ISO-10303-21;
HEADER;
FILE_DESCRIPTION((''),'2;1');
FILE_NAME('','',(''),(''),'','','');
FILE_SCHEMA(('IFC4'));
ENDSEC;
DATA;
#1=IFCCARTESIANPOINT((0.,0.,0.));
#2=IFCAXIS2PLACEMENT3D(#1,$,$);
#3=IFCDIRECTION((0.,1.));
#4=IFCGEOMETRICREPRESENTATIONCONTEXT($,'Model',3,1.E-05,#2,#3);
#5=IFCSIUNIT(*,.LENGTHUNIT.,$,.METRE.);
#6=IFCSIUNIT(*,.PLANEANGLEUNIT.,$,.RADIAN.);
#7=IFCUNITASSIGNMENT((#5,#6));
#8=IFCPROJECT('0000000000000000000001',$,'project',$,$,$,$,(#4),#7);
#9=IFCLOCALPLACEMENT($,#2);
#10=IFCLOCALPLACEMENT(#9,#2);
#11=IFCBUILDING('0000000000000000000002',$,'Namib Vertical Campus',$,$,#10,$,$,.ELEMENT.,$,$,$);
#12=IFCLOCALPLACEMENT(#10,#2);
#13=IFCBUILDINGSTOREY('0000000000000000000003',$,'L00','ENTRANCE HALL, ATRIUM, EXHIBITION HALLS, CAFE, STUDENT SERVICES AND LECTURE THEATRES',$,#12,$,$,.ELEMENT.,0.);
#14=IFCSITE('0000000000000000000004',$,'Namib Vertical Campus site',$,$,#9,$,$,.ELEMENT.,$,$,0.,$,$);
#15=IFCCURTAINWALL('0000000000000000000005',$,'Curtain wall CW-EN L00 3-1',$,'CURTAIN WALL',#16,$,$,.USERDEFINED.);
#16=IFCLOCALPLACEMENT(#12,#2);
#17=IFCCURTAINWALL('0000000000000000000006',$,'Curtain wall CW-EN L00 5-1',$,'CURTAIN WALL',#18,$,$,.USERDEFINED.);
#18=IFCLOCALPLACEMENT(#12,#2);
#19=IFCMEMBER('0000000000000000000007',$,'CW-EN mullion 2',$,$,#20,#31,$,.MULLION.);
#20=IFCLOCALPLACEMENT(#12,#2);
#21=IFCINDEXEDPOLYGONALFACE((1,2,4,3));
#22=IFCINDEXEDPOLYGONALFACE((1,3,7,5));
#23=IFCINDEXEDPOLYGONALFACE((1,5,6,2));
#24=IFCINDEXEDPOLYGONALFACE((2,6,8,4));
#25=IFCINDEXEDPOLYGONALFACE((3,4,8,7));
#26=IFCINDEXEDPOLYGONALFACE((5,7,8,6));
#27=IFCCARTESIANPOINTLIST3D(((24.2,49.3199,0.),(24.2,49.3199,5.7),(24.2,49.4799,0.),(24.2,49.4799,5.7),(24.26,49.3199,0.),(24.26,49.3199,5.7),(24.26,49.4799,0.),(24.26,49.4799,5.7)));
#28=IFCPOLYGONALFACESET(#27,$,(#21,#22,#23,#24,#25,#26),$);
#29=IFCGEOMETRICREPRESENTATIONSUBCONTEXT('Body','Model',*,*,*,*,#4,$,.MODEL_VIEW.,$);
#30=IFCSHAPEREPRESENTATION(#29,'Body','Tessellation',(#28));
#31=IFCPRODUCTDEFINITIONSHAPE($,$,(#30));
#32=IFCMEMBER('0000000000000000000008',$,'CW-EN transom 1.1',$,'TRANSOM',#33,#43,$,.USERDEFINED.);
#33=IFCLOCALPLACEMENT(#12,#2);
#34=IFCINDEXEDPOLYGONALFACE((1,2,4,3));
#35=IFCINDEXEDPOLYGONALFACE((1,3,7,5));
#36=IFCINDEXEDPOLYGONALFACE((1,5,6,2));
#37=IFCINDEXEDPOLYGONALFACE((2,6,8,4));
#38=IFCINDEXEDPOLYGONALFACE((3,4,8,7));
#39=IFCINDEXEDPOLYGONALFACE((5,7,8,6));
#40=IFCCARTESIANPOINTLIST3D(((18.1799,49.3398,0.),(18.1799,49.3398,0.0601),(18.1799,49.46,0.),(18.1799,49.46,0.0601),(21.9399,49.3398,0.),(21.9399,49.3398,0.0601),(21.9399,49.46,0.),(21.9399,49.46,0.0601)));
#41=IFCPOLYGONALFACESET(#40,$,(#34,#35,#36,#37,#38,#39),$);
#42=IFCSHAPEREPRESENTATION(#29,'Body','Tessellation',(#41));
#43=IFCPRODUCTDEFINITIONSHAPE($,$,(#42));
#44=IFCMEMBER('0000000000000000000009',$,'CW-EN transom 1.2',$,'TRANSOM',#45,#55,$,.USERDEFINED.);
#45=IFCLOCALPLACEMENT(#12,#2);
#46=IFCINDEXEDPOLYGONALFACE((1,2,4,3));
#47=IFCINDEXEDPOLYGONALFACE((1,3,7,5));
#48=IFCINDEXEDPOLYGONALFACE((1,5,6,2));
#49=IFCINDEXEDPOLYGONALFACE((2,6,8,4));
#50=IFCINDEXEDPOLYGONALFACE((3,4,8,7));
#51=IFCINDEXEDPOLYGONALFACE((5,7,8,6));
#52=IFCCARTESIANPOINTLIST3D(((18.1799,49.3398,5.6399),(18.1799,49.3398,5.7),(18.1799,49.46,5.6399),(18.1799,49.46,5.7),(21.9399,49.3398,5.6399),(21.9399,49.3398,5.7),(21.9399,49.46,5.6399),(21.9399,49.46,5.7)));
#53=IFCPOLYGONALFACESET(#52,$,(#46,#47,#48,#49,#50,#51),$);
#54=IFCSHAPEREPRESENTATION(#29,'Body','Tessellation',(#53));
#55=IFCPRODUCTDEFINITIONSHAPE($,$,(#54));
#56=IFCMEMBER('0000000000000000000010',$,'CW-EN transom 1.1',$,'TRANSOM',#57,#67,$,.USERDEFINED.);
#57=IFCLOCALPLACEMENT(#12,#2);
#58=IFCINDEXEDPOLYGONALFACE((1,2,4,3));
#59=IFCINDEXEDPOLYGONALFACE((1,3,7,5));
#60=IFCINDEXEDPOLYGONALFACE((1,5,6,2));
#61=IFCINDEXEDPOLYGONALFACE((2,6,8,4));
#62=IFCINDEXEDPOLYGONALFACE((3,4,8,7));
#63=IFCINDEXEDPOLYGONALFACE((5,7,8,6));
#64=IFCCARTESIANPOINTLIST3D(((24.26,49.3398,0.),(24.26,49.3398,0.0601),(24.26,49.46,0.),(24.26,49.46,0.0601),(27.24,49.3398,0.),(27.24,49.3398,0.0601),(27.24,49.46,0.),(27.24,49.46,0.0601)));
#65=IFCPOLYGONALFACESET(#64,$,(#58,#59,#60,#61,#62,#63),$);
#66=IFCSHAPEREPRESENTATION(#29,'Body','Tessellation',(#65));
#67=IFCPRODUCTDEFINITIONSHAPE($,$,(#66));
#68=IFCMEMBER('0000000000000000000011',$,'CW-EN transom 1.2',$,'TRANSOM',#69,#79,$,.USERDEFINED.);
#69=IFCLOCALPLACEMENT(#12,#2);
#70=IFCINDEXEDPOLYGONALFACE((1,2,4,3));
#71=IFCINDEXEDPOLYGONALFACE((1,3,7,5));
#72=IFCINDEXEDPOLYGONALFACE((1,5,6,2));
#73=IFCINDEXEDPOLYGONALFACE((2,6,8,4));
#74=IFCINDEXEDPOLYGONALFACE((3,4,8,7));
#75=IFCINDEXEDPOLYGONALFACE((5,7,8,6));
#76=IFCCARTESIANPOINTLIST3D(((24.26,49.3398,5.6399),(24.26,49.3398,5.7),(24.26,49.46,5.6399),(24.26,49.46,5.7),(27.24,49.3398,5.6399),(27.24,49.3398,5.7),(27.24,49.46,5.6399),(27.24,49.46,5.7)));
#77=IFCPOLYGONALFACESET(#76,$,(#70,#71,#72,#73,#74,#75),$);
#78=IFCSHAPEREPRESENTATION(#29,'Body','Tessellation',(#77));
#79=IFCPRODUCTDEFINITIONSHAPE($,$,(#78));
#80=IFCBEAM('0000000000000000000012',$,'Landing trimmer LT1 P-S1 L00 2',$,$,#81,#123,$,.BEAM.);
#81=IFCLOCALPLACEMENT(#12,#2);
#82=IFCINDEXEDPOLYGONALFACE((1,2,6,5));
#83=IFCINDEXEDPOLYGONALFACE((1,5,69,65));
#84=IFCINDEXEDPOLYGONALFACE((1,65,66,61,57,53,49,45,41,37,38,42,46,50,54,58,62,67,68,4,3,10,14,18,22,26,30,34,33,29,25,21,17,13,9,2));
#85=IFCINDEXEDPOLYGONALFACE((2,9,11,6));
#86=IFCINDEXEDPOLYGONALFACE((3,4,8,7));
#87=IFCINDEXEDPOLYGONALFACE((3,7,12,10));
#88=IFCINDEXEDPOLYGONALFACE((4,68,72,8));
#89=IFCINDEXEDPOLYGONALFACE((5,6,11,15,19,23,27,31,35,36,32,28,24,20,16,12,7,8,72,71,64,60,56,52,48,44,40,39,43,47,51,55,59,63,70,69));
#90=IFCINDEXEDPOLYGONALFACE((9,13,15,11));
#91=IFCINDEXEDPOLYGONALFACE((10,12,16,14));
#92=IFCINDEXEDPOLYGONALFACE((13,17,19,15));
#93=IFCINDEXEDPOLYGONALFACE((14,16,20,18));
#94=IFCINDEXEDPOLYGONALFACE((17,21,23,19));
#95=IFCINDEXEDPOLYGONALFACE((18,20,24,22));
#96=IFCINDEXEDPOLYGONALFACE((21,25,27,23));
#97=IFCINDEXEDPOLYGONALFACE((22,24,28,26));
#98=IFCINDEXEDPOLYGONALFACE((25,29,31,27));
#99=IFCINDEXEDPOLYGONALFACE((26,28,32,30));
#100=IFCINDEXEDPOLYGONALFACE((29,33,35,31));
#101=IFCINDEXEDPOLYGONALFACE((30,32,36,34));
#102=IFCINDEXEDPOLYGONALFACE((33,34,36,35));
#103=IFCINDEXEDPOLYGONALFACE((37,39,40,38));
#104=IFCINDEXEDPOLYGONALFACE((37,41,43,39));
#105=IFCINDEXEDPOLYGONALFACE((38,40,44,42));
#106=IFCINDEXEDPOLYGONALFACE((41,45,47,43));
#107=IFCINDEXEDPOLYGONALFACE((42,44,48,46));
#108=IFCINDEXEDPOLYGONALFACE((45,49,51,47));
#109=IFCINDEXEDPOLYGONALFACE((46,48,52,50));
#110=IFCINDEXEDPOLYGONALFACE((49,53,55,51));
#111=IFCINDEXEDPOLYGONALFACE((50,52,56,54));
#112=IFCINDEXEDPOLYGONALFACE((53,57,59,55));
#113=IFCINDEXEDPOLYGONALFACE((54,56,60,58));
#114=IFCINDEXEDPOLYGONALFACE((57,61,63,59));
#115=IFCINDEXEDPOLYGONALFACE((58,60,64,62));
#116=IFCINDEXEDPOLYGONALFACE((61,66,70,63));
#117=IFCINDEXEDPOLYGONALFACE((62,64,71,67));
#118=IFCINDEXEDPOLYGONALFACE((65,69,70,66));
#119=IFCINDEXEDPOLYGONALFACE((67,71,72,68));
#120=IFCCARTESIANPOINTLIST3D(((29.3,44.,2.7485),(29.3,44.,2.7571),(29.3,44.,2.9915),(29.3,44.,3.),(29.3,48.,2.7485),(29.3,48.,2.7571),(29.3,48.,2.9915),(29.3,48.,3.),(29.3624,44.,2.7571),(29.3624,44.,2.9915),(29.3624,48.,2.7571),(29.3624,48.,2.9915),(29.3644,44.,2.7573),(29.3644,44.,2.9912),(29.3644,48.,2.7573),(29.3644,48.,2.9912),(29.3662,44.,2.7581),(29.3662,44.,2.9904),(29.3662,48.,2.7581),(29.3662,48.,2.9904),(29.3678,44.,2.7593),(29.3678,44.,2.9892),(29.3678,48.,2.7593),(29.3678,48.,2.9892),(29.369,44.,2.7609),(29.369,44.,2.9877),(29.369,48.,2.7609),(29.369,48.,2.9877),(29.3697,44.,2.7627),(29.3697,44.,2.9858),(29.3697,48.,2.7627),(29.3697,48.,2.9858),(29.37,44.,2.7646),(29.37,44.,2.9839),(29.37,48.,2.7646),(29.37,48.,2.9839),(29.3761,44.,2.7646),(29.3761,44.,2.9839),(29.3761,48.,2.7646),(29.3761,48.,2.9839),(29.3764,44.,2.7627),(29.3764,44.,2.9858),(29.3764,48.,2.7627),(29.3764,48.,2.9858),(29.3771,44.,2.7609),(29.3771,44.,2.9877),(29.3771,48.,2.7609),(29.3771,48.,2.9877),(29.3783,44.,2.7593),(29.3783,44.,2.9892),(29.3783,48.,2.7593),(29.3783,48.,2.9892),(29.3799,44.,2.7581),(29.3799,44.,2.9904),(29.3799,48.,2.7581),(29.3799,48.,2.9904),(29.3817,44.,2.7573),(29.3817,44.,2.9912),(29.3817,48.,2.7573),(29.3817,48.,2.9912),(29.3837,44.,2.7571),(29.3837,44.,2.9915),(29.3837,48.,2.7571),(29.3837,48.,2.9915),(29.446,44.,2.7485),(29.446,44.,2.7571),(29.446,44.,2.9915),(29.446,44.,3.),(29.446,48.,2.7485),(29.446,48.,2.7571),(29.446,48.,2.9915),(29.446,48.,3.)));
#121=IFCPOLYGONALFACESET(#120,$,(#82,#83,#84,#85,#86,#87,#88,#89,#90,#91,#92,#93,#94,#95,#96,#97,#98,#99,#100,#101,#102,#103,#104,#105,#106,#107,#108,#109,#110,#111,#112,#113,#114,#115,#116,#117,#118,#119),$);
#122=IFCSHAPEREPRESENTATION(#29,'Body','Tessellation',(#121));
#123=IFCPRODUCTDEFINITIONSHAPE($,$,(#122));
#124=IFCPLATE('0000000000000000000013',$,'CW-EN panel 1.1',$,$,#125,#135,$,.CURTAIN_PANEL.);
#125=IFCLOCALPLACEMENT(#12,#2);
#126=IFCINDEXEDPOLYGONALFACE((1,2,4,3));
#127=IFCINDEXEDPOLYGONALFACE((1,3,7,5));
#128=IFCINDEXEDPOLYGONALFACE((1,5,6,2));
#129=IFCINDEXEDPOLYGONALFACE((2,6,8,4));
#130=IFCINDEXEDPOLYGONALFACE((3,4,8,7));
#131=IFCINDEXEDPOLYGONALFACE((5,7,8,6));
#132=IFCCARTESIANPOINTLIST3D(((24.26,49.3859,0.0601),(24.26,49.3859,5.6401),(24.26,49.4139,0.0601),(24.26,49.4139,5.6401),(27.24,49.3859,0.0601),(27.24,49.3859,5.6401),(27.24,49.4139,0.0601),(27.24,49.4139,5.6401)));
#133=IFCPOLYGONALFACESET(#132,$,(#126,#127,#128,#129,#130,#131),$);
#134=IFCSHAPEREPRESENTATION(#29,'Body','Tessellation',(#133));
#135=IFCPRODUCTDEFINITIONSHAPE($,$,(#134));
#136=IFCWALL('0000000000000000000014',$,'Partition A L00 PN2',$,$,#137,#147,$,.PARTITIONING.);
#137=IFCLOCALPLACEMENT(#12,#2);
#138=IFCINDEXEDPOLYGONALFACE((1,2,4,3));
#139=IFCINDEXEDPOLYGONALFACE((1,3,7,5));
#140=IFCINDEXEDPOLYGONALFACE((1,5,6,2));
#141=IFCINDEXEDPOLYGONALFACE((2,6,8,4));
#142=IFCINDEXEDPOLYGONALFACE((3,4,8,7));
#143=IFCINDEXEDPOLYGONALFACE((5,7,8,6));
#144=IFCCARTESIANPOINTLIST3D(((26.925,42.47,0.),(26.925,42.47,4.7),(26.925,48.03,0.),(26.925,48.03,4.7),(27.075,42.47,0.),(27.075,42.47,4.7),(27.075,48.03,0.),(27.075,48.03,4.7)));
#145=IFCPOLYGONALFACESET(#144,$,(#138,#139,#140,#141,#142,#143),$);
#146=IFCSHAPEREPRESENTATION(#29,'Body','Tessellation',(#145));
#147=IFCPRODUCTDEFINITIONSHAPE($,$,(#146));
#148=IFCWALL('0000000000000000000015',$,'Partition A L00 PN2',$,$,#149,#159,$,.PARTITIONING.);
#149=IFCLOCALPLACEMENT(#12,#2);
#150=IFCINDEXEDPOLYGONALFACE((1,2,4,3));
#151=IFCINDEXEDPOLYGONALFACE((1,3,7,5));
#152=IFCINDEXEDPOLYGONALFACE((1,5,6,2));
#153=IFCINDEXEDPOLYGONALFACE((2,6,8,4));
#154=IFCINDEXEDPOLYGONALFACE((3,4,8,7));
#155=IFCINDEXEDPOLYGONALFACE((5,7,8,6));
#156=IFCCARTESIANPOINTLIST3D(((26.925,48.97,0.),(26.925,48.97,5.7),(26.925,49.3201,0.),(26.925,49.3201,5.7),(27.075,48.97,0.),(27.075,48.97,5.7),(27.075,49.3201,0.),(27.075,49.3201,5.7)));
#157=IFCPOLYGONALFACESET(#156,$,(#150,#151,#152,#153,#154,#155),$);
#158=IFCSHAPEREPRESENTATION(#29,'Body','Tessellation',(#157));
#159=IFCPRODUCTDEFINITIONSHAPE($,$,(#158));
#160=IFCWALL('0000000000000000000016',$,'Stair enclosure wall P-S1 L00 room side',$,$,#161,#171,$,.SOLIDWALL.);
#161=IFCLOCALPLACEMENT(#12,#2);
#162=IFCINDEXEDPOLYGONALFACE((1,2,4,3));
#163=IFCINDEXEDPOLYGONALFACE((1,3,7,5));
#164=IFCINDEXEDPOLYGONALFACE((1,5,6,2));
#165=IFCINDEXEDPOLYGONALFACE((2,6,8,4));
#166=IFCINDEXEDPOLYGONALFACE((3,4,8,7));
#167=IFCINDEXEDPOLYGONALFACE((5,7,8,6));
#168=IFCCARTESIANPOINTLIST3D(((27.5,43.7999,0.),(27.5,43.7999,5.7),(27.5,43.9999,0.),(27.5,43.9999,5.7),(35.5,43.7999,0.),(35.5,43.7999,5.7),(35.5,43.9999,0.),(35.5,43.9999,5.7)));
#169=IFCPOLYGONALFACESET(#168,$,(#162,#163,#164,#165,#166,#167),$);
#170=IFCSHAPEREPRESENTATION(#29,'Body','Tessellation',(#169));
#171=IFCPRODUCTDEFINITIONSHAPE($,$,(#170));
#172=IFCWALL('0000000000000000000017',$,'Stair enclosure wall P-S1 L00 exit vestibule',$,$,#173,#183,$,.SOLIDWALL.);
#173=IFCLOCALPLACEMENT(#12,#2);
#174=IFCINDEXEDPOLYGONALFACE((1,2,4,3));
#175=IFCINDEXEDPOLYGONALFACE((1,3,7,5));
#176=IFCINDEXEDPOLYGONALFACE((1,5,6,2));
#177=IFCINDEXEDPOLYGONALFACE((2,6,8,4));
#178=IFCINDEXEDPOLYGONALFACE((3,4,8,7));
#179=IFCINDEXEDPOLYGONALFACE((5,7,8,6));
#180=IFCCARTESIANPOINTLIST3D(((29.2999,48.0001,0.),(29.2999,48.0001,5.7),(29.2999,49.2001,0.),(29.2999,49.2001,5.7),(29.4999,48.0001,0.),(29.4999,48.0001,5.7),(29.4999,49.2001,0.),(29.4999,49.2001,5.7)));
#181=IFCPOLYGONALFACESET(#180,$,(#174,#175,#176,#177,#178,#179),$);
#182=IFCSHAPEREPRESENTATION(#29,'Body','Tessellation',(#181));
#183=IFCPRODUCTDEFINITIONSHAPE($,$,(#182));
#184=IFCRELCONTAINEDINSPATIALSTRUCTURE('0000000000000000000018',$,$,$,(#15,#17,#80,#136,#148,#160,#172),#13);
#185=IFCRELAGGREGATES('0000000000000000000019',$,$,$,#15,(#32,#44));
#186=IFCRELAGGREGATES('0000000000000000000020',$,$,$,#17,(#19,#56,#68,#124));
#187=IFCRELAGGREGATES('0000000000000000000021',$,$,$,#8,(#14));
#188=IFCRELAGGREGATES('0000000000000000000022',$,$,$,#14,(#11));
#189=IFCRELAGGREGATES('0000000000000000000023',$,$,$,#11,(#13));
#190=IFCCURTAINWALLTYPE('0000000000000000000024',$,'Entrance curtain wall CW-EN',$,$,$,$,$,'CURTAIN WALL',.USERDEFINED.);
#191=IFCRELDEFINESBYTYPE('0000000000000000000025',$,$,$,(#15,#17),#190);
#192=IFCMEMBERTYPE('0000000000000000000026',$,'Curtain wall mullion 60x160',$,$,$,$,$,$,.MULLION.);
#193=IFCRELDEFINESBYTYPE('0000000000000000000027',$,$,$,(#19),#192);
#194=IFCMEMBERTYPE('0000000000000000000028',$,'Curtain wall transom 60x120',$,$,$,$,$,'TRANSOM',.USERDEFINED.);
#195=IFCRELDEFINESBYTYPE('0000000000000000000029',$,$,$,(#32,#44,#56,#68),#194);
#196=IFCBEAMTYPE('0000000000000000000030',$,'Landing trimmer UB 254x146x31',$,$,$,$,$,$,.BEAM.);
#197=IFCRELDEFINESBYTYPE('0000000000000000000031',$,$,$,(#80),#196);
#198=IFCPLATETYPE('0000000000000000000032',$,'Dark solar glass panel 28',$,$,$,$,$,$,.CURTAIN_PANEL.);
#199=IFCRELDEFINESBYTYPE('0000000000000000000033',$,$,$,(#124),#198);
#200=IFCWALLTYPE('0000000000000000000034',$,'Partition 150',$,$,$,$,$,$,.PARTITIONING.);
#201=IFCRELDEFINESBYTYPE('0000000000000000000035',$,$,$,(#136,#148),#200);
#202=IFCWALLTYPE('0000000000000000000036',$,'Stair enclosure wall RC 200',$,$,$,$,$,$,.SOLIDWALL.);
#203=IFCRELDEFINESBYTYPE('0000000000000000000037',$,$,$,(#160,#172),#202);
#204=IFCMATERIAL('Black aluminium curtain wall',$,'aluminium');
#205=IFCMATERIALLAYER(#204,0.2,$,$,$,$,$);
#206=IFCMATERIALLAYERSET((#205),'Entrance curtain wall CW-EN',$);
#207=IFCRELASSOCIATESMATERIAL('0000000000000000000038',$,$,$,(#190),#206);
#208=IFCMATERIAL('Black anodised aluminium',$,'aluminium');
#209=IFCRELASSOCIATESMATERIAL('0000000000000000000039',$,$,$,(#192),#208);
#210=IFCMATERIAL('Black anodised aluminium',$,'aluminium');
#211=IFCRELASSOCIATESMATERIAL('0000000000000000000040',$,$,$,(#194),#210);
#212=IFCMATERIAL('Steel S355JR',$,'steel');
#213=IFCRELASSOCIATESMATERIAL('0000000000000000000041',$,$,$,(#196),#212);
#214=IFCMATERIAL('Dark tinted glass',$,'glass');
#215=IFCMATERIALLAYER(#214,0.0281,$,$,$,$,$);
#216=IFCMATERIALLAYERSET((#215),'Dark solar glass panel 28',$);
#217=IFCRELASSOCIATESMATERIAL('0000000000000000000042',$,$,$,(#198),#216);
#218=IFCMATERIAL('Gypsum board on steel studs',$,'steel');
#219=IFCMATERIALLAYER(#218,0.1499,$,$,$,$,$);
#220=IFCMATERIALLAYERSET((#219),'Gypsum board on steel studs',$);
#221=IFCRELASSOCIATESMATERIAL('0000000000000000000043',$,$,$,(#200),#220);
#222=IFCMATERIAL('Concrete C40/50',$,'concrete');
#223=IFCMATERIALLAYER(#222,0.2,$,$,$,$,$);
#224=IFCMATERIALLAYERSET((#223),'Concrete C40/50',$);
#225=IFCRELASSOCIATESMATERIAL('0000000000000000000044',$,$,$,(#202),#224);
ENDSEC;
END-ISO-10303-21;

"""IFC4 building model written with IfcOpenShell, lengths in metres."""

from ifc_helpers import new_model, si_unit, direction, frame, frame_2d, origin, origin_2d, place, context, subcontext, project, spatial, rectangle, i_section, extrude, material, layer, layer_set, material_profile, profile_set, type_object, element, aggregate, save


model = new_model("IFC4")

# Units and contexts
model_context = context("Model", 3, precision=1e-05, world=origin(), true_north=direction((0.0, 1.0)))
body_context = subcontext(model_context, "Body", "Model", "MODEL_VIEW")
ifc_project = project(units=[si_unit("LENGTHUNIT", "METRE"), si_unit("PLANEANGLEUNIT", "RADIAN")], contexts=[model_context])

# Site, building, storey
site_placement = place(None, origin())
site = spatial("IfcSite", under=ifc_project, at=site_placement, Name="Namib Vertical Campus site", CompositionType="ELEMENT", RefElevation=0.0)
building_placement = place(site_placement, origin())
building = spatial("IfcBuilding", under=site, at=building_placement, Name="Namib Vertical Campus", CompositionType="ELEMENT")
storey_placement = place(building_placement, origin())
storey = spatial("IfcBuildingStorey", under=building, at=storey_placement, Name="L00", Description="ENTRANCE HALL, ATRIUM, EXHIBITION HALLS, CAFE, STUDENT SERVICES AND LECTURE THEATRES", CompositionType="ELEMENT", Elevation=0.0)

# Curtain wall
ifc_material_1 = material(Name="Black aluminium curtain wall", Category="aluminium")
ifc_layer_1 = layer(ifc_material_1, 0.2)
ifc_layer_set_1 = layer_set([ifc_layer_1], Name="Entrance curtain wall CW-EN")
curtain_wall_type = type_object("IfcCurtainWallType", Name="Entrance curtain wall CW-EN", ElementType="CURTAIN WALL", PredefinedType="USERDEFINED", material=ifc_layer_set_1)
curtain_wall_1_placement = place(storey_placement, origin())
curtain_wall_1 = element("IfcCurtainWall", 1, at=curtain_wall_1_placement, inside=storey, type_object=curtain_wall_type, Name="Curtain wall CW-EN L00 3-1", ObjectType="CURTAIN WALL", PredefinedType="USERDEFINED")
ifc_material_2 = material(Name="Black anodised aluminium", Category="aluminium")
ifc_material_profile_1 = material_profile(ifc_material_2, rectangle(XDim=0.0601, YDim=0.1599, at=origin_2d()))
ifc_profile_set_1 = profile_set([ifc_material_profile_1], Name="Black anodised aluminium")
member_type_1 = type_object("IfcMemberType", Name="Curtain wall mullion 60x160", PredefinedType="MULLION", material=ifc_profile_set_1)

# Curtain wall, member
curtain_wall_2_placement = place(storey_placement, origin())
curtain_wall_2 = element("IfcCurtainWall", 2, at=curtain_wall_2_placement, inside=storey, type_object=curtain_wall_type, Name="Curtain wall CW-EN L00 5-1", ObjectType="CURTAIN WALL", PredefinedType="USERDEFINED")
member_1_placement = place(storey_placement, frame((24.23, 49.3999, 0.0), z_axis=(0.0, 0.0, 1.0), x_axis=(-1.0, 0.0, 0.0)))
member_1 = element("IfcMember", 3, at=member_1_placement, type_object=member_type_1, Name="CW-EN mullion 2", PredefinedType="MULLION", context=body_context, shape_type="SweptSolid", body=[
    extrude(rectangle(XDim=0.0601, YDim=0.1599, at=origin_2d()), origin(), (0.0, 0.0, 1.0), 5.7),
])

# Members
ifc_material_3 = material(Name="Black anodised aluminium", Category="aluminium")
ifc_material_profile_2 = material_profile(ifc_material_3, rectangle(XDim=0.0601, YDim=0.1201, at=origin_2d()))
ifc_profile_set_2 = profile_set([ifc_material_profile_2], Name="Black anodised aluminium")
member_type_2 = type_object("IfcMemberType", Name="Curtain wall transom 60x120", ElementType="TRANSOM", PredefinedType="USERDEFINED", material=ifc_profile_set_2)
member_2_placement = place(storey_placement, frame((21.9399, 49.3999, 0.03), z_axis=(-1.0, 0.0, 0.0), x_axis=(0.0, 0.0, 1.0)))
member_2 = element("IfcMember", 4, at=member_2_placement, type_object=member_type_2, Name="CW-EN transom 1.1", ObjectType="TRANSOM", PredefinedType="USERDEFINED", context=body_context, shape_type="SweptSolid", body=[
    extrude(rectangle(XDim=0.0601, YDim=0.1201, at=origin_2d()), origin(), (0.0, 0.0, 1.0), 3.76),
])
member_3_placement = place(storey_placement, frame((21.9399, 49.3999, 5.6699), z_axis=(-1.0, 0.0, 0.0), x_axis=(0.0, 0.0, 1.0)))
member_3 = element("IfcMember", 5, at=member_3_placement, type_object=member_type_2, Name="CW-EN transom 1.2", ObjectType="TRANSOM", PredefinedType="USERDEFINED", context=body_context, shape_type="SweptSolid", body=[
    extrude(rectangle(XDim=0.0601, YDim=0.1201, at=origin_2d()), origin(), (0.0, 0.0, 1.0), 3.76),
])
aggregate(curtain_wall_1, [member_2, member_3])
member_4_placement = place(storey_placement, frame((27.24, 49.3999, 0.03), z_axis=(-1.0, 0.0, 0.0), x_axis=(0.0, 0.0, 1.0)))
member_4 = element("IfcMember", 6, at=member_4_placement, type_object=member_type_2, Name="CW-EN transom 1.1", ObjectType="TRANSOM", PredefinedType="USERDEFINED", context=body_context, shape_type="SweptSolid", body=[
    extrude(rectangle(XDim=0.0601, YDim=0.1201, at=origin_2d()), origin(), (0.0, 0.0, 1.0), 2.98),
])
member_5_placement = place(storey_placement, frame((27.24, 49.3999, 5.6699), z_axis=(-1.0, 0.0, 0.0), x_axis=(0.0, 0.0, 1.0)))
member_5 = element("IfcMember", 7, at=member_5_placement, type_object=member_type_2, Name="CW-EN transom 1.2", ObjectType="TRANSOM", PredefinedType="USERDEFINED", context=body_context, shape_type="SweptSolid", body=[
    extrude(rectangle(XDim=0.0601, YDim=0.1201, at=origin_2d()), origin(), (0.0, 0.0, 1.0), 2.98),
])

# Beam
ifc_material_4 = material(Name="Steel S355JR", Category="steel")
ifc_material_profile_3 = material_profile(ifc_material_4, i_section(OverallWidth=0.146, OverallDepth=0.2515, WebThickness=0.0061, FlangeThickness=0.0085, FilletRadius=0.0076, at=origin_2d()))
ifc_profile_set_3 = profile_set([ifc_material_profile_3], Name="Steel S355JR")
beam_type = type_object("IfcBeamType", Name="Landing trimmer UB 254x146x31", PredefinedType="BEAM", material=ifc_profile_set_3)
beam_placement = place(storey_placement, frame((29.373, 44.0, 2.8743), z_axis=(0.0, 1.0, 0.0), x_axis=(-1.0, 0.0, 0.0)))
element("IfcBeam", 8, at=beam_placement, inside=storey, type_object=beam_type, Name="Landing trimmer LT1 P-S1 L00 2", PredefinedType="BEAM", context=body_context, shape_type="SweptSolid", body=[
    extrude(i_section(OverallWidth=0.146, OverallDepth=0.2515, WebThickness=0.0061, FlangeThickness=0.0085, FilletRadius=0.0076, at=origin_2d()), origin(), (0.0, 0.0, 1.0), 4.0),
])

# Plate
ifc_material_5 = material(Name="Dark tinted glass", Category="glass")
ifc_layer_2 = layer(ifc_material_5, 0.0281)
ifc_layer_set_2 = layer_set([ifc_layer_2], Name="Dark solar glass panel 28")
plate_type = type_object("IfcPlateType", Name="Dark solar glass panel 28", PredefinedType="CURTAIN_PANEL", material=ifc_layer_set_2)
plate_placement = place(storey_placement, frame((25.75, 49.3999, 0.0601), z_axis=(0.0, 0.0, 1.0), x_axis=(-1.0, 0.0, 0.0)))
plate = element("IfcPlate", 9, at=plate_placement, type_object=plate_type, Name="CW-EN panel 1.1", PredefinedType="CURTAIN_PANEL", context=body_context, shape_type="SweptSolid", body=[
    extrude(rectangle(XDim=2.98, YDim=0.0281, at=origin_2d()), origin(), (0.0, 0.0, 1.0), 5.5801),
])
aggregate(curtain_wall_2, [member_1, member_4, member_5, plate])

# Walls
ifc_material_6 = material(Name="Gypsum board on steel studs", Category="steel")
ifc_layer_3 = layer(ifc_material_6, 0.1499)
ifc_layer_set_3 = layer_set([ifc_layer_3], Name="Gypsum board on steel studs")
wall_type_1 = type_object("IfcWallType", Name="Partition 150", PredefinedType="PARTITIONING", material=ifc_layer_set_3)
wall_1_placement = place(storey_placement, frame((27.0, 42.47, 0.0), z_axis=(0.0, 0.0, 1.0), x_axis=(0.0, 1.0, 0.0)))
element("IfcWall", 10, at=wall_1_placement, inside=storey, type_object=wall_type_1, Name="Partition A L00 PN2", PredefinedType="PARTITIONING", context=body_context, shape_type="SweptSolid", body=[
    extrude(rectangle(XDim=5.5601, YDim=0.1499, at=frame_2d((2.78, 0.0))), origin(), (0.0, 0.0, 1.0), 4.7),
])
wall_2_placement = place(storey_placement, frame((27.0, 48.97, 0.0), z_axis=(0.0, 0.0, 1.0), x_axis=(0.0, 1.0, 0.0)))
element("IfcWall", 11, at=wall_2_placement, inside=storey, type_object=wall_type_1, Name="Partition A L00 PN2", PredefinedType="PARTITIONING", context=body_context, shape_type="SweptSolid", body=[
    extrude(rectangle(XDim=0.3501, YDim=0.1499, at=frame_2d((0.175, 0.0))), origin(), (0.0, 0.0, 1.0), 5.7),
])
ifc_material_7 = material(Name="Concrete C40/50", Category="concrete")
ifc_layer_4 = layer(ifc_material_7, 0.2)
ifc_layer_set_4 = layer_set([ifc_layer_4], Name="Concrete C40/50")
wall_type_2 = type_object("IfcWallType", Name="Stair enclosure wall RC 200", PredefinedType="SOLIDWALL", material=ifc_layer_set_4)
wall_3_placement = place(storey_placement, frame((27.5, 43.8999, 0.0), z_axis=(0.0, 0.0, 1.0), x_axis=(1.0, 0.0, 0.0)))
element("IfcWall", 12, at=wall_3_placement, inside=storey, type_object=wall_type_2, Name="Stair enclosure wall P-S1 L00 room side", PredefinedType="SOLIDWALL", context=body_context, shape_type="SweptSolid", body=[
    extrude(rectangle(XDim=8.0, YDim=0.2, at=frame_2d((4.0, 0.0))), origin(), (0.0, 0.0, 1.0), 5.7),
])
wall_4_placement = place(storey_placement, frame((29.3999, 48.0, 0.0), z_axis=(0.0, 0.0, 1.0), x_axis=(0.0, 1.0, 0.0)))
element("IfcWall", 13, at=wall_4_placement, inside=storey, type_object=wall_type_2, Name="Stair enclosure wall P-S1 L00 exit vestibule", PredefinedType="SOLIDWALL", context=body_context, shape_type="SweptSolid", body=[
    extrude(rectangle(XDim=1.2, YDim=0.2, at=frame_2d((0.6001, 0.0))), origin(), (0.0, 0.0, 1.0), 5.7),
])

save(model, "model.ifc")
